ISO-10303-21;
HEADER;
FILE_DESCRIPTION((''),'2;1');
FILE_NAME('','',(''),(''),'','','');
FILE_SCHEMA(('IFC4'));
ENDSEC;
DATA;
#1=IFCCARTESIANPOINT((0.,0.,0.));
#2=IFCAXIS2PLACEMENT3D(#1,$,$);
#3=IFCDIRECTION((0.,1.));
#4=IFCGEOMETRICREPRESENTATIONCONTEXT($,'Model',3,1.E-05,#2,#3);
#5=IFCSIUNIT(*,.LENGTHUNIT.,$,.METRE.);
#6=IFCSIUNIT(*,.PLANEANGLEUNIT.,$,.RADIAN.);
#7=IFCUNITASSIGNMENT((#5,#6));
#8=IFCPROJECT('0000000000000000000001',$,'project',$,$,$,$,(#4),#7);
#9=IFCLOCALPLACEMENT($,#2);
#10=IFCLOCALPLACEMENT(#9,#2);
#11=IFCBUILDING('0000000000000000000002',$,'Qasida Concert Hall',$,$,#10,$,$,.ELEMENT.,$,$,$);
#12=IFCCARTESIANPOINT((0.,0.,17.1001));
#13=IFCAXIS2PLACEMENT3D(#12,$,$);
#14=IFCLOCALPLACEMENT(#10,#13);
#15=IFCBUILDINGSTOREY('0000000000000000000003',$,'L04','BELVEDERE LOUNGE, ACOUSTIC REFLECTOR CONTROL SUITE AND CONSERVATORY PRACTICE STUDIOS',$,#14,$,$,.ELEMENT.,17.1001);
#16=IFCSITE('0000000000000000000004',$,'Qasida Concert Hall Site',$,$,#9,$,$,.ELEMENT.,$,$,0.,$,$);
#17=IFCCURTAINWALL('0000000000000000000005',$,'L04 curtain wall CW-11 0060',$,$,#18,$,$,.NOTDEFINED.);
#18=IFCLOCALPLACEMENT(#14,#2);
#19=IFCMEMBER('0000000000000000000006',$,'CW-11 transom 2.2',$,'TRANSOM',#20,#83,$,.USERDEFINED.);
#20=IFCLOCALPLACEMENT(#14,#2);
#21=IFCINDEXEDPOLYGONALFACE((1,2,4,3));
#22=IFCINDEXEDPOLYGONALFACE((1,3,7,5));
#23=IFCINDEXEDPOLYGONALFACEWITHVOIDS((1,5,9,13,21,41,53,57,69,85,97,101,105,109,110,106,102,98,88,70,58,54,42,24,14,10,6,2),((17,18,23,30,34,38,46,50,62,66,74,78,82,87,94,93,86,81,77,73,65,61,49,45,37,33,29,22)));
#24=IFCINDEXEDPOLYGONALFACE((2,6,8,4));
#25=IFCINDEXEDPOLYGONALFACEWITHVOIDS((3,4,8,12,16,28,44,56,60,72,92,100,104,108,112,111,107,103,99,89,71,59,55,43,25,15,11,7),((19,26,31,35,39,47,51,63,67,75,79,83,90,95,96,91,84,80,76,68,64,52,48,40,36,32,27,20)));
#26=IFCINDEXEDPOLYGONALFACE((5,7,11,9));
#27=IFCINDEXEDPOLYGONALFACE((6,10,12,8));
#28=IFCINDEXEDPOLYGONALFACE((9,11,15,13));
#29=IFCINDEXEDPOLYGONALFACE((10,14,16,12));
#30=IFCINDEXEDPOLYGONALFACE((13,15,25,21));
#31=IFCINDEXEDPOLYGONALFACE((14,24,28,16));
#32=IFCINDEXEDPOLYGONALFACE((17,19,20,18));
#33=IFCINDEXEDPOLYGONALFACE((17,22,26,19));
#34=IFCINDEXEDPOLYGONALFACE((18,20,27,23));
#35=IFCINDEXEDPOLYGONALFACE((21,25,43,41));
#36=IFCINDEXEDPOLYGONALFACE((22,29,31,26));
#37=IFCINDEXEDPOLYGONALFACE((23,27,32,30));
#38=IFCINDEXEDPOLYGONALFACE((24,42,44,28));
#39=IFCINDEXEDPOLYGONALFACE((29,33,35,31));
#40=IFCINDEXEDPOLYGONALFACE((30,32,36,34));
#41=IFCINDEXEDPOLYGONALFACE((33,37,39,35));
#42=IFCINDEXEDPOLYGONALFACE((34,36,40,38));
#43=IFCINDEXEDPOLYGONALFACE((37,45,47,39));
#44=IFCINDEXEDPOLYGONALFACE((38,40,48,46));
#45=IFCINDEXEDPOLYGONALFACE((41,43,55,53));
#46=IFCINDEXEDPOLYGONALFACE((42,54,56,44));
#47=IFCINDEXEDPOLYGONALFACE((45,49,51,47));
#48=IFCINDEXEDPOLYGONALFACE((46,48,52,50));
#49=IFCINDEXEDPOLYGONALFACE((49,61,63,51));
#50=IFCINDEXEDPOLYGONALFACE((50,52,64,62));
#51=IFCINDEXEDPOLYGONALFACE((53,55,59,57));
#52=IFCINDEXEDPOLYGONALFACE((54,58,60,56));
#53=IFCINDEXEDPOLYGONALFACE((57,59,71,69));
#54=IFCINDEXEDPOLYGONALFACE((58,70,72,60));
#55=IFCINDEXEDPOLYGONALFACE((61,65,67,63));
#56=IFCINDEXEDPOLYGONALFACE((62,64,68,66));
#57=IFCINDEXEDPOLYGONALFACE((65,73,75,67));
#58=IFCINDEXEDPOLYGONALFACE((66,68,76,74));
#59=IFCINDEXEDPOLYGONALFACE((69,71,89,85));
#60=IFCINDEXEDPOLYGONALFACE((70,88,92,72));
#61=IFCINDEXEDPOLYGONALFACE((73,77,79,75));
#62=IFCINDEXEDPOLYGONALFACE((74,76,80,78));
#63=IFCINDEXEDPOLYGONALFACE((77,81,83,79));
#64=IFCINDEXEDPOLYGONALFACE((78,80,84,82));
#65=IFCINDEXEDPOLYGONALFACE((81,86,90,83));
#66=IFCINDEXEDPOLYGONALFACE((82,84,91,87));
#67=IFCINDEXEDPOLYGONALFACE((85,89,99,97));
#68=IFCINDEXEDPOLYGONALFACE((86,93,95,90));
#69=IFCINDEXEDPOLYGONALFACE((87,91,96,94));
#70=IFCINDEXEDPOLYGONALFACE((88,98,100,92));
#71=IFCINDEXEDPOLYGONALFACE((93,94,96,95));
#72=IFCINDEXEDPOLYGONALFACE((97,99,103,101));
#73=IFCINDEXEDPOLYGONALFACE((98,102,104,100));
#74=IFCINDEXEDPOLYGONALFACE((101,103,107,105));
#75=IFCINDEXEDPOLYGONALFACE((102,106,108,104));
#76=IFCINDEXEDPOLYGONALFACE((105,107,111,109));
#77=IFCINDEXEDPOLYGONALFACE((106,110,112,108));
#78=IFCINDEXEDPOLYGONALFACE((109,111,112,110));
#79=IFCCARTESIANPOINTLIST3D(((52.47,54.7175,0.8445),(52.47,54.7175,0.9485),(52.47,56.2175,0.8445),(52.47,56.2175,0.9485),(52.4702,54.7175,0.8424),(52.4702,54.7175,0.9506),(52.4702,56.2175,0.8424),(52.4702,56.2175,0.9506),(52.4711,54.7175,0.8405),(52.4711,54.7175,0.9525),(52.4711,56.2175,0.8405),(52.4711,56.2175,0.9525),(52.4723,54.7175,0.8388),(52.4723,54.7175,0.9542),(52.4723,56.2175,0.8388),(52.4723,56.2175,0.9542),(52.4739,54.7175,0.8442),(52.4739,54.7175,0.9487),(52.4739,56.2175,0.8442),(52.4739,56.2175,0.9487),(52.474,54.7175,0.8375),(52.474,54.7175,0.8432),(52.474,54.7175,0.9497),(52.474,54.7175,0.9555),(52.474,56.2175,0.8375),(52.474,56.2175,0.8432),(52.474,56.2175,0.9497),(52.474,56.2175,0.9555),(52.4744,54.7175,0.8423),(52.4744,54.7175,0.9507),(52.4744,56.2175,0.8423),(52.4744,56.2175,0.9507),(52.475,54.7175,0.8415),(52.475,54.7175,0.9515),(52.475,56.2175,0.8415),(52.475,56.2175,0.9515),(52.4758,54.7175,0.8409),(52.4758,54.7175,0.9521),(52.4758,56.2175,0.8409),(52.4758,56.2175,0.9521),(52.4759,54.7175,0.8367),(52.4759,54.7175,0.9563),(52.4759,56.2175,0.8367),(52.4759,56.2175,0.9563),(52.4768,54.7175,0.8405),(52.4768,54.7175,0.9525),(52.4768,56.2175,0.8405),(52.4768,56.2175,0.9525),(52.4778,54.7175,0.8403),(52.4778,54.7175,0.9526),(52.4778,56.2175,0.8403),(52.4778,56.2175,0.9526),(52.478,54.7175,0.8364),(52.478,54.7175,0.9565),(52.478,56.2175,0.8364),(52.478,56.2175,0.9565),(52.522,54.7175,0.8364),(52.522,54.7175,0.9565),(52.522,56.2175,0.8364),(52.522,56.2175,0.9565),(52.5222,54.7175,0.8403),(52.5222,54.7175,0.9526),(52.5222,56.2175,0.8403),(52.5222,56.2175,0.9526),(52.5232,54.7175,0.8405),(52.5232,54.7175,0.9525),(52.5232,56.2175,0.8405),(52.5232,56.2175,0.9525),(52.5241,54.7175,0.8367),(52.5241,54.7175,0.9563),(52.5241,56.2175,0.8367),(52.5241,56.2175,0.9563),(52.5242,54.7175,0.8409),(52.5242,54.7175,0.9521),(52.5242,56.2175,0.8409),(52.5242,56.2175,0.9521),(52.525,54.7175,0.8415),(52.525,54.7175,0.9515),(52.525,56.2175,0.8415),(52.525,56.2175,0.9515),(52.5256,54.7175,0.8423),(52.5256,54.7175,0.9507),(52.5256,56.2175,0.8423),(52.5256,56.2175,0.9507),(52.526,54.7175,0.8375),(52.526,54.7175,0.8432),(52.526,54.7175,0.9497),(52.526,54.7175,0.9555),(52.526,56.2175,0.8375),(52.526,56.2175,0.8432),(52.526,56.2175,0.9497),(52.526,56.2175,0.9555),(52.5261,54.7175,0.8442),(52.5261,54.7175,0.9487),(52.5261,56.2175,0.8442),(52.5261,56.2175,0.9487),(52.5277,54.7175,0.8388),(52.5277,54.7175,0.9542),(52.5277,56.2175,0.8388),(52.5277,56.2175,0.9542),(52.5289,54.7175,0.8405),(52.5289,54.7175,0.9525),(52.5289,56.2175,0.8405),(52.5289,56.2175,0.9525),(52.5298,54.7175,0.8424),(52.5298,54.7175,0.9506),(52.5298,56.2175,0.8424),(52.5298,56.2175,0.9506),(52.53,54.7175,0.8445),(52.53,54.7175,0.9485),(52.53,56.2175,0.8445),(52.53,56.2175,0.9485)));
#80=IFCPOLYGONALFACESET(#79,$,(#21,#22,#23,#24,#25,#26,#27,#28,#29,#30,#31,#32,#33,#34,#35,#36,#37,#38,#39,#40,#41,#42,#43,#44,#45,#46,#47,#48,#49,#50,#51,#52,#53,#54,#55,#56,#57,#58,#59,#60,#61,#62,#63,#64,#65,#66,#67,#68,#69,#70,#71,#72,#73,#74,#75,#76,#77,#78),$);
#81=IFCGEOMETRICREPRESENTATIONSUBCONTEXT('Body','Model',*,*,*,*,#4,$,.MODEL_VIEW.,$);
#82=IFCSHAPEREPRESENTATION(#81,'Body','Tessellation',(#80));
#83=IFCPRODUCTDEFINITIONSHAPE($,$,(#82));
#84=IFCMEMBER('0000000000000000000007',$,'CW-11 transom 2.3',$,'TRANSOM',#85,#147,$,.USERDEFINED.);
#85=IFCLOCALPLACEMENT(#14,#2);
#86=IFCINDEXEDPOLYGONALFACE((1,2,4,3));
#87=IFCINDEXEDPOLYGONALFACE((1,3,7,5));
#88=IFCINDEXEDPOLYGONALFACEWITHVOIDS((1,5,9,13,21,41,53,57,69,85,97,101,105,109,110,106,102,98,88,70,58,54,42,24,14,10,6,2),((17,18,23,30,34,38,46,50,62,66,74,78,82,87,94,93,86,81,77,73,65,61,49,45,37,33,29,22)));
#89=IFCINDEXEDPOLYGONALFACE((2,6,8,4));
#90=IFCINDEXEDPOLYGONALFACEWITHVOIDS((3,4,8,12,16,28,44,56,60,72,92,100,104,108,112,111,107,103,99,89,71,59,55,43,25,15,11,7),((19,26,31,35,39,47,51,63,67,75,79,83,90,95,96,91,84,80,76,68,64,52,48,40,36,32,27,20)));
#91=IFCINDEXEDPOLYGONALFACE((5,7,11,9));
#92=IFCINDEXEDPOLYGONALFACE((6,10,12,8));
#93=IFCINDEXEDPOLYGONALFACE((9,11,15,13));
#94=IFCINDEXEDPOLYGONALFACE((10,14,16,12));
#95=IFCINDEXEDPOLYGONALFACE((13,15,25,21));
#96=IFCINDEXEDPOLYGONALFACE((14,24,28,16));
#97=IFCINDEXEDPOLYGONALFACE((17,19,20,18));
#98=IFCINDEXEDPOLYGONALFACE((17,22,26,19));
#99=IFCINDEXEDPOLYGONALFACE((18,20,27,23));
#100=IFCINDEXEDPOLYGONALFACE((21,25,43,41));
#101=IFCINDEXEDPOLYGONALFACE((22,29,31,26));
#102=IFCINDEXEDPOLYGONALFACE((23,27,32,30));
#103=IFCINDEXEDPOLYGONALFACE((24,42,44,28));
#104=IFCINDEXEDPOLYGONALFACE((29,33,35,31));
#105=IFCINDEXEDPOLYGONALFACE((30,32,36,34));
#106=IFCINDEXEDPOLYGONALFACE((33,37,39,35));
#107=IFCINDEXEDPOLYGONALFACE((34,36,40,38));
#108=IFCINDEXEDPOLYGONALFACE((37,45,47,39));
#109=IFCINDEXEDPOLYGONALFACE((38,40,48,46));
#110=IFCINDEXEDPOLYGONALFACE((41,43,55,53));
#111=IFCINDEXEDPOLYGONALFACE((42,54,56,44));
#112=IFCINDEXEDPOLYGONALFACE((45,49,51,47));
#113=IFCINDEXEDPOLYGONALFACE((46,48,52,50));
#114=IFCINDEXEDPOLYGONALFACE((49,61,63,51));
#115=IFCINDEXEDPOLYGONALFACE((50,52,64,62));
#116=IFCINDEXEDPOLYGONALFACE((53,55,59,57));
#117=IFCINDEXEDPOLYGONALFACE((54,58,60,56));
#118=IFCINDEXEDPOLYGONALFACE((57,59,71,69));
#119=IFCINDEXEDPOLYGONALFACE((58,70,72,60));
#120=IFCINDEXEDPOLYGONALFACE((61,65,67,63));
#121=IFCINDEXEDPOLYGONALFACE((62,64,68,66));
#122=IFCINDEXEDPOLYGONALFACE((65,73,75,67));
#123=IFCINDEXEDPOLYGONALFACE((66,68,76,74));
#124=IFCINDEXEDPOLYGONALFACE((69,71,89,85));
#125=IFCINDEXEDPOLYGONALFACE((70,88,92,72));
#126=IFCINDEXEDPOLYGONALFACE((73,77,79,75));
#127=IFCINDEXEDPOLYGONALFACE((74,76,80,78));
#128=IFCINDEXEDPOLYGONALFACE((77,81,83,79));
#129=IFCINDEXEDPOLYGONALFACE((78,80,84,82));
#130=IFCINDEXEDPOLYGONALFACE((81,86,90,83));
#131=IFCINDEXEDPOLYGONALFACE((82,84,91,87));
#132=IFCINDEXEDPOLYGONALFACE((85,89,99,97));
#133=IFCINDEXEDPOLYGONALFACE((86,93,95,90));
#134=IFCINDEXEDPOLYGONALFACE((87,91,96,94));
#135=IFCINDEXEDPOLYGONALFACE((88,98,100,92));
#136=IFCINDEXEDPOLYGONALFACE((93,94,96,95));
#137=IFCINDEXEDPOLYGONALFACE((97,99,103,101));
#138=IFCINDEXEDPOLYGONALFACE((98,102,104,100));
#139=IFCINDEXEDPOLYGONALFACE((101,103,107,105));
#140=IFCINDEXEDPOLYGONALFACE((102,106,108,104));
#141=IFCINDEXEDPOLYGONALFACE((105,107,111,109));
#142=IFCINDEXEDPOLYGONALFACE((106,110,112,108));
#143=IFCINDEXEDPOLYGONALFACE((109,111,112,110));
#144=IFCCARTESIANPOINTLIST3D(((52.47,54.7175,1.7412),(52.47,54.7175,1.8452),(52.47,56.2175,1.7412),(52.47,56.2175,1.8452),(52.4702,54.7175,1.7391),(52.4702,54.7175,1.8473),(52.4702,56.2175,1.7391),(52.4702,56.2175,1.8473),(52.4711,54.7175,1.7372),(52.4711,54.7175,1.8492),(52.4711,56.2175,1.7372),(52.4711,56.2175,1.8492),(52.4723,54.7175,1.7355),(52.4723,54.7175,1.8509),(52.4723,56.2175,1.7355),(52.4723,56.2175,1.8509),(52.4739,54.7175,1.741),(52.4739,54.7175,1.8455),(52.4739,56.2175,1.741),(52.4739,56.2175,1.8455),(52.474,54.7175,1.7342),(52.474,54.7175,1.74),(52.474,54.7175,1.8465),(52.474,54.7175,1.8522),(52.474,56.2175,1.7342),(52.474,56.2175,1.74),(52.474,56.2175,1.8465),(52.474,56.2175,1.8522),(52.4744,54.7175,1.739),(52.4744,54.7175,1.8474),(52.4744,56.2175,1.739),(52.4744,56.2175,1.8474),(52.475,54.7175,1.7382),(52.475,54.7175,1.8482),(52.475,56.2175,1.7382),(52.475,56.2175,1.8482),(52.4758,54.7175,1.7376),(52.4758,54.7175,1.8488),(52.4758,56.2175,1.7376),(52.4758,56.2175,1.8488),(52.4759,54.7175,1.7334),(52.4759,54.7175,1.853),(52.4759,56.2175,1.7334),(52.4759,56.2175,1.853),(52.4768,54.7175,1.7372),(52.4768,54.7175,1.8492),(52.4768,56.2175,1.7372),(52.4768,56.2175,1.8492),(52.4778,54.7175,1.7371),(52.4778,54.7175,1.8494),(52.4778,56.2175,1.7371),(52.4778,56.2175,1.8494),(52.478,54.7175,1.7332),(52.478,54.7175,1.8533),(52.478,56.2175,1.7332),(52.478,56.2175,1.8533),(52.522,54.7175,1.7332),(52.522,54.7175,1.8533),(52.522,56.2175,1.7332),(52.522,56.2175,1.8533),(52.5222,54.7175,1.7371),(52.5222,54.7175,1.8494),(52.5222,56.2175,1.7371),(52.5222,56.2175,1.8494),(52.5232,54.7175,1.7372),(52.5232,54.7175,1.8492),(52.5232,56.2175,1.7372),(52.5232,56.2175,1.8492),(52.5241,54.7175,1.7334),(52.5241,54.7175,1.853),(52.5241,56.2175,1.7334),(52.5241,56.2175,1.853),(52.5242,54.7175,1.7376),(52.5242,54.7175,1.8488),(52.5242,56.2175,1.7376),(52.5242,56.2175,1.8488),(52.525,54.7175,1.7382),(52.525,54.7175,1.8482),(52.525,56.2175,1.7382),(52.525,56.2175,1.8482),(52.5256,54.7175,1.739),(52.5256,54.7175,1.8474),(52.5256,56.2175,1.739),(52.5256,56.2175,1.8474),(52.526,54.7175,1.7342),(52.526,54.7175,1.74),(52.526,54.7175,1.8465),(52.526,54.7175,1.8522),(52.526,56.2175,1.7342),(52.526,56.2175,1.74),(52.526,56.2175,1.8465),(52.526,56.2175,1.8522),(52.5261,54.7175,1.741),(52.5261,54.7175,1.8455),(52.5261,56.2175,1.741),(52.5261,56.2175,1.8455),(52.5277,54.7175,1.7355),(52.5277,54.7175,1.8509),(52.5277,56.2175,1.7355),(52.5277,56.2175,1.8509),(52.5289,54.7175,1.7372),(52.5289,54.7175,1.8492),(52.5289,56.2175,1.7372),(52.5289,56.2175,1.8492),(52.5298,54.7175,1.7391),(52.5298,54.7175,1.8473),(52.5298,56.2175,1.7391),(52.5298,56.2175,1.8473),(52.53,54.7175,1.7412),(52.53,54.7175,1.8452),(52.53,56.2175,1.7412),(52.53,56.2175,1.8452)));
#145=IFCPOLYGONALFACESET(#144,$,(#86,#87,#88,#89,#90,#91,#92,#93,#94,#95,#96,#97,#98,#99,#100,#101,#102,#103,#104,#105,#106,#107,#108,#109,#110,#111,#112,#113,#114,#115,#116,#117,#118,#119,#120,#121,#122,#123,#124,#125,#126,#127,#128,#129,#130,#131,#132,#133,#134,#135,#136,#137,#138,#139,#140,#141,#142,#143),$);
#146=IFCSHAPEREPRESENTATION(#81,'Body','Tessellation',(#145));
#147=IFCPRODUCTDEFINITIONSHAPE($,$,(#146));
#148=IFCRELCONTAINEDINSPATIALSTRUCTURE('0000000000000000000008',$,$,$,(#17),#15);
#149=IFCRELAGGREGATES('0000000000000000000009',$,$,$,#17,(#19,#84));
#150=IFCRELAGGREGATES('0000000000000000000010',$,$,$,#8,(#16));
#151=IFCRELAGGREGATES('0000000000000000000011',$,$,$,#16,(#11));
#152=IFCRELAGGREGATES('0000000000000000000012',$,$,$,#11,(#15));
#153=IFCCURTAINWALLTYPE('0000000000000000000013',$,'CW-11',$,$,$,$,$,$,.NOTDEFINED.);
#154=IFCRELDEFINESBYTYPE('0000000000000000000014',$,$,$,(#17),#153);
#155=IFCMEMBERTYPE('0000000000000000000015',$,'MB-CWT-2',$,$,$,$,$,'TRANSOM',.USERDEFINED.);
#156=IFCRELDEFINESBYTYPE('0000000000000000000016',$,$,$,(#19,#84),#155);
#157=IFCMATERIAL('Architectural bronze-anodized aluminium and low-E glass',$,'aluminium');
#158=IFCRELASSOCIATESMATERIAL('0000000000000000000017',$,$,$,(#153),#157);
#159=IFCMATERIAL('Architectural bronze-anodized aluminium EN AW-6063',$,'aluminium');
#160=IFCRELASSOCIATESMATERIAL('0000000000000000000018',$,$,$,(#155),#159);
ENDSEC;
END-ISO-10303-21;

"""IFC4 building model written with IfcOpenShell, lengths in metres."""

from ifc_helpers import new_model, si_unit, direction, frame, origin, origin_2d, place, context, subcontext, project, spatial, hollow_rectangle, extrude, material, material_profile, profile_set, type_object, element, aggregate, save


model = new_model("IFC4")

# Units and contexts
model_context = context("Model", 3, precision=1e-05, world=origin(), true_north=direction((0.0, 1.0)))
body_context = subcontext(model_context, "Body", "Model", "MODEL_VIEW")
ifc_project = project(units=[si_unit("LENGTHUNIT", "METRE"), si_unit("PLANEANGLEUNIT", "RADIAN")], contexts=[model_context])

# Site, building, storey
site_placement = place(None, origin())
site = spatial("IfcSite", under=ifc_project, at=site_placement, Name="Qasida Concert Hall Site", CompositionType="ELEMENT", RefElevation=0.0)
building_placement = place(site_placement, origin())
building = spatial("IfcBuilding", under=site, at=building_placement, Name="Qasida Concert Hall", CompositionType="ELEMENT")
storey_placement = place(building_placement, frame((0.0, 0.0, 17.1001)))
storey = spatial("IfcBuildingStorey", under=building, at=storey_placement, Name="L04", Description="BELVEDERE LOUNGE, ACOUSTIC REFLECTOR CONTROL SUITE AND CONSERVATORY PRACTICE STUDIOS", CompositionType="ELEMENT", Elevation=17.1001)

# Curtain wall, members
ifc_material_1 = material(Name="Architectural bronze-anodized aluminium and low-E glass", Category="aluminium")
curtain_wall_type = type_object("IfcCurtainWallType", Name="CW-11", PredefinedType="NOTDEFINED", material=ifc_material_1)
curtain_wall_placement = place(storey_placement, origin())
curtain_wall = element("IfcCurtainWall", 1, at=curtain_wall_placement, inside=storey, type_object=curtain_wall_type, Name="L04 curtain wall CW-11 0060", PredefinedType="NOTDEFINED")
ifc_material_2 = material(Name="Architectural bronze-anodized aluminium EN AW-6063", Category="aluminium")
ifc_material_profile_1 = material_profile(ifc_material_2, hollow_rectangle(XDim=0.0601, YDim=0.1201, WallThickness=0.0039, InnerFilletRadius=0.0039, OuterFilletRadius=0.0081, at=origin_2d()), Name="CWT 120x60x4")
ifc_profile_set_1 = profile_set([ifc_material_profile_1], Name="Architectural bronze-anodized aluminium EN AW-6063")
member_type_1 = type_object("IfcMemberType", Name="MB-CWT-2", ElementType="TRANSOM", PredefinedType="USERDEFINED", material=ifc_profile_set_1)
member_1_placement = place(storey_placement, frame((52.5, 54.7175, 0.8965), z_axis=(0.0, 1.0, 0.0), x_axis=(-1.0, 0.0, 0.0)))
member_1 = element("IfcMember", 2, at=member_1_placement, type_object=member_type_1, Name="CW-11 transom 2.2", ObjectType="TRANSOM", PredefinedType="USERDEFINED", context=body_context, shape_type="SweptSolid", body=[
    extrude(hollow_rectangle(XDim=0.0601, YDim=0.1201, WallThickness=0.0039, InnerFilletRadius=0.0039, OuterFilletRadius=0.0081, at=origin_2d()), origin(), (0.0, 0.0, 1.0), 1.5),
])
member_2_placement = place(storey_placement, frame((52.5, 54.7175, 1.7932), z_axis=(0.0, 1.0, 0.0), x_axis=(-1.0, 0.0, 0.0)))
member_2 = element("IfcMember", 3, at=member_2_placement, type_object=member_type_1, Name="CW-11 transom 2.3", ObjectType="TRANSOM", PredefinedType="USERDEFINED", context=body_context, shape_type="SweptSolid", body=[
    extrude(hollow_rectangle(XDim=0.0601, YDim=0.1201, WallThickness=0.0039, InnerFilletRadius=0.0039, OuterFilletRadius=0.0081, at=origin_2d()), origin(), (0.0, 0.0, 1.0), 1.5),
])
aggregate(curtain_wall, [member_1, member_2])

save(model, "model.ifc")
